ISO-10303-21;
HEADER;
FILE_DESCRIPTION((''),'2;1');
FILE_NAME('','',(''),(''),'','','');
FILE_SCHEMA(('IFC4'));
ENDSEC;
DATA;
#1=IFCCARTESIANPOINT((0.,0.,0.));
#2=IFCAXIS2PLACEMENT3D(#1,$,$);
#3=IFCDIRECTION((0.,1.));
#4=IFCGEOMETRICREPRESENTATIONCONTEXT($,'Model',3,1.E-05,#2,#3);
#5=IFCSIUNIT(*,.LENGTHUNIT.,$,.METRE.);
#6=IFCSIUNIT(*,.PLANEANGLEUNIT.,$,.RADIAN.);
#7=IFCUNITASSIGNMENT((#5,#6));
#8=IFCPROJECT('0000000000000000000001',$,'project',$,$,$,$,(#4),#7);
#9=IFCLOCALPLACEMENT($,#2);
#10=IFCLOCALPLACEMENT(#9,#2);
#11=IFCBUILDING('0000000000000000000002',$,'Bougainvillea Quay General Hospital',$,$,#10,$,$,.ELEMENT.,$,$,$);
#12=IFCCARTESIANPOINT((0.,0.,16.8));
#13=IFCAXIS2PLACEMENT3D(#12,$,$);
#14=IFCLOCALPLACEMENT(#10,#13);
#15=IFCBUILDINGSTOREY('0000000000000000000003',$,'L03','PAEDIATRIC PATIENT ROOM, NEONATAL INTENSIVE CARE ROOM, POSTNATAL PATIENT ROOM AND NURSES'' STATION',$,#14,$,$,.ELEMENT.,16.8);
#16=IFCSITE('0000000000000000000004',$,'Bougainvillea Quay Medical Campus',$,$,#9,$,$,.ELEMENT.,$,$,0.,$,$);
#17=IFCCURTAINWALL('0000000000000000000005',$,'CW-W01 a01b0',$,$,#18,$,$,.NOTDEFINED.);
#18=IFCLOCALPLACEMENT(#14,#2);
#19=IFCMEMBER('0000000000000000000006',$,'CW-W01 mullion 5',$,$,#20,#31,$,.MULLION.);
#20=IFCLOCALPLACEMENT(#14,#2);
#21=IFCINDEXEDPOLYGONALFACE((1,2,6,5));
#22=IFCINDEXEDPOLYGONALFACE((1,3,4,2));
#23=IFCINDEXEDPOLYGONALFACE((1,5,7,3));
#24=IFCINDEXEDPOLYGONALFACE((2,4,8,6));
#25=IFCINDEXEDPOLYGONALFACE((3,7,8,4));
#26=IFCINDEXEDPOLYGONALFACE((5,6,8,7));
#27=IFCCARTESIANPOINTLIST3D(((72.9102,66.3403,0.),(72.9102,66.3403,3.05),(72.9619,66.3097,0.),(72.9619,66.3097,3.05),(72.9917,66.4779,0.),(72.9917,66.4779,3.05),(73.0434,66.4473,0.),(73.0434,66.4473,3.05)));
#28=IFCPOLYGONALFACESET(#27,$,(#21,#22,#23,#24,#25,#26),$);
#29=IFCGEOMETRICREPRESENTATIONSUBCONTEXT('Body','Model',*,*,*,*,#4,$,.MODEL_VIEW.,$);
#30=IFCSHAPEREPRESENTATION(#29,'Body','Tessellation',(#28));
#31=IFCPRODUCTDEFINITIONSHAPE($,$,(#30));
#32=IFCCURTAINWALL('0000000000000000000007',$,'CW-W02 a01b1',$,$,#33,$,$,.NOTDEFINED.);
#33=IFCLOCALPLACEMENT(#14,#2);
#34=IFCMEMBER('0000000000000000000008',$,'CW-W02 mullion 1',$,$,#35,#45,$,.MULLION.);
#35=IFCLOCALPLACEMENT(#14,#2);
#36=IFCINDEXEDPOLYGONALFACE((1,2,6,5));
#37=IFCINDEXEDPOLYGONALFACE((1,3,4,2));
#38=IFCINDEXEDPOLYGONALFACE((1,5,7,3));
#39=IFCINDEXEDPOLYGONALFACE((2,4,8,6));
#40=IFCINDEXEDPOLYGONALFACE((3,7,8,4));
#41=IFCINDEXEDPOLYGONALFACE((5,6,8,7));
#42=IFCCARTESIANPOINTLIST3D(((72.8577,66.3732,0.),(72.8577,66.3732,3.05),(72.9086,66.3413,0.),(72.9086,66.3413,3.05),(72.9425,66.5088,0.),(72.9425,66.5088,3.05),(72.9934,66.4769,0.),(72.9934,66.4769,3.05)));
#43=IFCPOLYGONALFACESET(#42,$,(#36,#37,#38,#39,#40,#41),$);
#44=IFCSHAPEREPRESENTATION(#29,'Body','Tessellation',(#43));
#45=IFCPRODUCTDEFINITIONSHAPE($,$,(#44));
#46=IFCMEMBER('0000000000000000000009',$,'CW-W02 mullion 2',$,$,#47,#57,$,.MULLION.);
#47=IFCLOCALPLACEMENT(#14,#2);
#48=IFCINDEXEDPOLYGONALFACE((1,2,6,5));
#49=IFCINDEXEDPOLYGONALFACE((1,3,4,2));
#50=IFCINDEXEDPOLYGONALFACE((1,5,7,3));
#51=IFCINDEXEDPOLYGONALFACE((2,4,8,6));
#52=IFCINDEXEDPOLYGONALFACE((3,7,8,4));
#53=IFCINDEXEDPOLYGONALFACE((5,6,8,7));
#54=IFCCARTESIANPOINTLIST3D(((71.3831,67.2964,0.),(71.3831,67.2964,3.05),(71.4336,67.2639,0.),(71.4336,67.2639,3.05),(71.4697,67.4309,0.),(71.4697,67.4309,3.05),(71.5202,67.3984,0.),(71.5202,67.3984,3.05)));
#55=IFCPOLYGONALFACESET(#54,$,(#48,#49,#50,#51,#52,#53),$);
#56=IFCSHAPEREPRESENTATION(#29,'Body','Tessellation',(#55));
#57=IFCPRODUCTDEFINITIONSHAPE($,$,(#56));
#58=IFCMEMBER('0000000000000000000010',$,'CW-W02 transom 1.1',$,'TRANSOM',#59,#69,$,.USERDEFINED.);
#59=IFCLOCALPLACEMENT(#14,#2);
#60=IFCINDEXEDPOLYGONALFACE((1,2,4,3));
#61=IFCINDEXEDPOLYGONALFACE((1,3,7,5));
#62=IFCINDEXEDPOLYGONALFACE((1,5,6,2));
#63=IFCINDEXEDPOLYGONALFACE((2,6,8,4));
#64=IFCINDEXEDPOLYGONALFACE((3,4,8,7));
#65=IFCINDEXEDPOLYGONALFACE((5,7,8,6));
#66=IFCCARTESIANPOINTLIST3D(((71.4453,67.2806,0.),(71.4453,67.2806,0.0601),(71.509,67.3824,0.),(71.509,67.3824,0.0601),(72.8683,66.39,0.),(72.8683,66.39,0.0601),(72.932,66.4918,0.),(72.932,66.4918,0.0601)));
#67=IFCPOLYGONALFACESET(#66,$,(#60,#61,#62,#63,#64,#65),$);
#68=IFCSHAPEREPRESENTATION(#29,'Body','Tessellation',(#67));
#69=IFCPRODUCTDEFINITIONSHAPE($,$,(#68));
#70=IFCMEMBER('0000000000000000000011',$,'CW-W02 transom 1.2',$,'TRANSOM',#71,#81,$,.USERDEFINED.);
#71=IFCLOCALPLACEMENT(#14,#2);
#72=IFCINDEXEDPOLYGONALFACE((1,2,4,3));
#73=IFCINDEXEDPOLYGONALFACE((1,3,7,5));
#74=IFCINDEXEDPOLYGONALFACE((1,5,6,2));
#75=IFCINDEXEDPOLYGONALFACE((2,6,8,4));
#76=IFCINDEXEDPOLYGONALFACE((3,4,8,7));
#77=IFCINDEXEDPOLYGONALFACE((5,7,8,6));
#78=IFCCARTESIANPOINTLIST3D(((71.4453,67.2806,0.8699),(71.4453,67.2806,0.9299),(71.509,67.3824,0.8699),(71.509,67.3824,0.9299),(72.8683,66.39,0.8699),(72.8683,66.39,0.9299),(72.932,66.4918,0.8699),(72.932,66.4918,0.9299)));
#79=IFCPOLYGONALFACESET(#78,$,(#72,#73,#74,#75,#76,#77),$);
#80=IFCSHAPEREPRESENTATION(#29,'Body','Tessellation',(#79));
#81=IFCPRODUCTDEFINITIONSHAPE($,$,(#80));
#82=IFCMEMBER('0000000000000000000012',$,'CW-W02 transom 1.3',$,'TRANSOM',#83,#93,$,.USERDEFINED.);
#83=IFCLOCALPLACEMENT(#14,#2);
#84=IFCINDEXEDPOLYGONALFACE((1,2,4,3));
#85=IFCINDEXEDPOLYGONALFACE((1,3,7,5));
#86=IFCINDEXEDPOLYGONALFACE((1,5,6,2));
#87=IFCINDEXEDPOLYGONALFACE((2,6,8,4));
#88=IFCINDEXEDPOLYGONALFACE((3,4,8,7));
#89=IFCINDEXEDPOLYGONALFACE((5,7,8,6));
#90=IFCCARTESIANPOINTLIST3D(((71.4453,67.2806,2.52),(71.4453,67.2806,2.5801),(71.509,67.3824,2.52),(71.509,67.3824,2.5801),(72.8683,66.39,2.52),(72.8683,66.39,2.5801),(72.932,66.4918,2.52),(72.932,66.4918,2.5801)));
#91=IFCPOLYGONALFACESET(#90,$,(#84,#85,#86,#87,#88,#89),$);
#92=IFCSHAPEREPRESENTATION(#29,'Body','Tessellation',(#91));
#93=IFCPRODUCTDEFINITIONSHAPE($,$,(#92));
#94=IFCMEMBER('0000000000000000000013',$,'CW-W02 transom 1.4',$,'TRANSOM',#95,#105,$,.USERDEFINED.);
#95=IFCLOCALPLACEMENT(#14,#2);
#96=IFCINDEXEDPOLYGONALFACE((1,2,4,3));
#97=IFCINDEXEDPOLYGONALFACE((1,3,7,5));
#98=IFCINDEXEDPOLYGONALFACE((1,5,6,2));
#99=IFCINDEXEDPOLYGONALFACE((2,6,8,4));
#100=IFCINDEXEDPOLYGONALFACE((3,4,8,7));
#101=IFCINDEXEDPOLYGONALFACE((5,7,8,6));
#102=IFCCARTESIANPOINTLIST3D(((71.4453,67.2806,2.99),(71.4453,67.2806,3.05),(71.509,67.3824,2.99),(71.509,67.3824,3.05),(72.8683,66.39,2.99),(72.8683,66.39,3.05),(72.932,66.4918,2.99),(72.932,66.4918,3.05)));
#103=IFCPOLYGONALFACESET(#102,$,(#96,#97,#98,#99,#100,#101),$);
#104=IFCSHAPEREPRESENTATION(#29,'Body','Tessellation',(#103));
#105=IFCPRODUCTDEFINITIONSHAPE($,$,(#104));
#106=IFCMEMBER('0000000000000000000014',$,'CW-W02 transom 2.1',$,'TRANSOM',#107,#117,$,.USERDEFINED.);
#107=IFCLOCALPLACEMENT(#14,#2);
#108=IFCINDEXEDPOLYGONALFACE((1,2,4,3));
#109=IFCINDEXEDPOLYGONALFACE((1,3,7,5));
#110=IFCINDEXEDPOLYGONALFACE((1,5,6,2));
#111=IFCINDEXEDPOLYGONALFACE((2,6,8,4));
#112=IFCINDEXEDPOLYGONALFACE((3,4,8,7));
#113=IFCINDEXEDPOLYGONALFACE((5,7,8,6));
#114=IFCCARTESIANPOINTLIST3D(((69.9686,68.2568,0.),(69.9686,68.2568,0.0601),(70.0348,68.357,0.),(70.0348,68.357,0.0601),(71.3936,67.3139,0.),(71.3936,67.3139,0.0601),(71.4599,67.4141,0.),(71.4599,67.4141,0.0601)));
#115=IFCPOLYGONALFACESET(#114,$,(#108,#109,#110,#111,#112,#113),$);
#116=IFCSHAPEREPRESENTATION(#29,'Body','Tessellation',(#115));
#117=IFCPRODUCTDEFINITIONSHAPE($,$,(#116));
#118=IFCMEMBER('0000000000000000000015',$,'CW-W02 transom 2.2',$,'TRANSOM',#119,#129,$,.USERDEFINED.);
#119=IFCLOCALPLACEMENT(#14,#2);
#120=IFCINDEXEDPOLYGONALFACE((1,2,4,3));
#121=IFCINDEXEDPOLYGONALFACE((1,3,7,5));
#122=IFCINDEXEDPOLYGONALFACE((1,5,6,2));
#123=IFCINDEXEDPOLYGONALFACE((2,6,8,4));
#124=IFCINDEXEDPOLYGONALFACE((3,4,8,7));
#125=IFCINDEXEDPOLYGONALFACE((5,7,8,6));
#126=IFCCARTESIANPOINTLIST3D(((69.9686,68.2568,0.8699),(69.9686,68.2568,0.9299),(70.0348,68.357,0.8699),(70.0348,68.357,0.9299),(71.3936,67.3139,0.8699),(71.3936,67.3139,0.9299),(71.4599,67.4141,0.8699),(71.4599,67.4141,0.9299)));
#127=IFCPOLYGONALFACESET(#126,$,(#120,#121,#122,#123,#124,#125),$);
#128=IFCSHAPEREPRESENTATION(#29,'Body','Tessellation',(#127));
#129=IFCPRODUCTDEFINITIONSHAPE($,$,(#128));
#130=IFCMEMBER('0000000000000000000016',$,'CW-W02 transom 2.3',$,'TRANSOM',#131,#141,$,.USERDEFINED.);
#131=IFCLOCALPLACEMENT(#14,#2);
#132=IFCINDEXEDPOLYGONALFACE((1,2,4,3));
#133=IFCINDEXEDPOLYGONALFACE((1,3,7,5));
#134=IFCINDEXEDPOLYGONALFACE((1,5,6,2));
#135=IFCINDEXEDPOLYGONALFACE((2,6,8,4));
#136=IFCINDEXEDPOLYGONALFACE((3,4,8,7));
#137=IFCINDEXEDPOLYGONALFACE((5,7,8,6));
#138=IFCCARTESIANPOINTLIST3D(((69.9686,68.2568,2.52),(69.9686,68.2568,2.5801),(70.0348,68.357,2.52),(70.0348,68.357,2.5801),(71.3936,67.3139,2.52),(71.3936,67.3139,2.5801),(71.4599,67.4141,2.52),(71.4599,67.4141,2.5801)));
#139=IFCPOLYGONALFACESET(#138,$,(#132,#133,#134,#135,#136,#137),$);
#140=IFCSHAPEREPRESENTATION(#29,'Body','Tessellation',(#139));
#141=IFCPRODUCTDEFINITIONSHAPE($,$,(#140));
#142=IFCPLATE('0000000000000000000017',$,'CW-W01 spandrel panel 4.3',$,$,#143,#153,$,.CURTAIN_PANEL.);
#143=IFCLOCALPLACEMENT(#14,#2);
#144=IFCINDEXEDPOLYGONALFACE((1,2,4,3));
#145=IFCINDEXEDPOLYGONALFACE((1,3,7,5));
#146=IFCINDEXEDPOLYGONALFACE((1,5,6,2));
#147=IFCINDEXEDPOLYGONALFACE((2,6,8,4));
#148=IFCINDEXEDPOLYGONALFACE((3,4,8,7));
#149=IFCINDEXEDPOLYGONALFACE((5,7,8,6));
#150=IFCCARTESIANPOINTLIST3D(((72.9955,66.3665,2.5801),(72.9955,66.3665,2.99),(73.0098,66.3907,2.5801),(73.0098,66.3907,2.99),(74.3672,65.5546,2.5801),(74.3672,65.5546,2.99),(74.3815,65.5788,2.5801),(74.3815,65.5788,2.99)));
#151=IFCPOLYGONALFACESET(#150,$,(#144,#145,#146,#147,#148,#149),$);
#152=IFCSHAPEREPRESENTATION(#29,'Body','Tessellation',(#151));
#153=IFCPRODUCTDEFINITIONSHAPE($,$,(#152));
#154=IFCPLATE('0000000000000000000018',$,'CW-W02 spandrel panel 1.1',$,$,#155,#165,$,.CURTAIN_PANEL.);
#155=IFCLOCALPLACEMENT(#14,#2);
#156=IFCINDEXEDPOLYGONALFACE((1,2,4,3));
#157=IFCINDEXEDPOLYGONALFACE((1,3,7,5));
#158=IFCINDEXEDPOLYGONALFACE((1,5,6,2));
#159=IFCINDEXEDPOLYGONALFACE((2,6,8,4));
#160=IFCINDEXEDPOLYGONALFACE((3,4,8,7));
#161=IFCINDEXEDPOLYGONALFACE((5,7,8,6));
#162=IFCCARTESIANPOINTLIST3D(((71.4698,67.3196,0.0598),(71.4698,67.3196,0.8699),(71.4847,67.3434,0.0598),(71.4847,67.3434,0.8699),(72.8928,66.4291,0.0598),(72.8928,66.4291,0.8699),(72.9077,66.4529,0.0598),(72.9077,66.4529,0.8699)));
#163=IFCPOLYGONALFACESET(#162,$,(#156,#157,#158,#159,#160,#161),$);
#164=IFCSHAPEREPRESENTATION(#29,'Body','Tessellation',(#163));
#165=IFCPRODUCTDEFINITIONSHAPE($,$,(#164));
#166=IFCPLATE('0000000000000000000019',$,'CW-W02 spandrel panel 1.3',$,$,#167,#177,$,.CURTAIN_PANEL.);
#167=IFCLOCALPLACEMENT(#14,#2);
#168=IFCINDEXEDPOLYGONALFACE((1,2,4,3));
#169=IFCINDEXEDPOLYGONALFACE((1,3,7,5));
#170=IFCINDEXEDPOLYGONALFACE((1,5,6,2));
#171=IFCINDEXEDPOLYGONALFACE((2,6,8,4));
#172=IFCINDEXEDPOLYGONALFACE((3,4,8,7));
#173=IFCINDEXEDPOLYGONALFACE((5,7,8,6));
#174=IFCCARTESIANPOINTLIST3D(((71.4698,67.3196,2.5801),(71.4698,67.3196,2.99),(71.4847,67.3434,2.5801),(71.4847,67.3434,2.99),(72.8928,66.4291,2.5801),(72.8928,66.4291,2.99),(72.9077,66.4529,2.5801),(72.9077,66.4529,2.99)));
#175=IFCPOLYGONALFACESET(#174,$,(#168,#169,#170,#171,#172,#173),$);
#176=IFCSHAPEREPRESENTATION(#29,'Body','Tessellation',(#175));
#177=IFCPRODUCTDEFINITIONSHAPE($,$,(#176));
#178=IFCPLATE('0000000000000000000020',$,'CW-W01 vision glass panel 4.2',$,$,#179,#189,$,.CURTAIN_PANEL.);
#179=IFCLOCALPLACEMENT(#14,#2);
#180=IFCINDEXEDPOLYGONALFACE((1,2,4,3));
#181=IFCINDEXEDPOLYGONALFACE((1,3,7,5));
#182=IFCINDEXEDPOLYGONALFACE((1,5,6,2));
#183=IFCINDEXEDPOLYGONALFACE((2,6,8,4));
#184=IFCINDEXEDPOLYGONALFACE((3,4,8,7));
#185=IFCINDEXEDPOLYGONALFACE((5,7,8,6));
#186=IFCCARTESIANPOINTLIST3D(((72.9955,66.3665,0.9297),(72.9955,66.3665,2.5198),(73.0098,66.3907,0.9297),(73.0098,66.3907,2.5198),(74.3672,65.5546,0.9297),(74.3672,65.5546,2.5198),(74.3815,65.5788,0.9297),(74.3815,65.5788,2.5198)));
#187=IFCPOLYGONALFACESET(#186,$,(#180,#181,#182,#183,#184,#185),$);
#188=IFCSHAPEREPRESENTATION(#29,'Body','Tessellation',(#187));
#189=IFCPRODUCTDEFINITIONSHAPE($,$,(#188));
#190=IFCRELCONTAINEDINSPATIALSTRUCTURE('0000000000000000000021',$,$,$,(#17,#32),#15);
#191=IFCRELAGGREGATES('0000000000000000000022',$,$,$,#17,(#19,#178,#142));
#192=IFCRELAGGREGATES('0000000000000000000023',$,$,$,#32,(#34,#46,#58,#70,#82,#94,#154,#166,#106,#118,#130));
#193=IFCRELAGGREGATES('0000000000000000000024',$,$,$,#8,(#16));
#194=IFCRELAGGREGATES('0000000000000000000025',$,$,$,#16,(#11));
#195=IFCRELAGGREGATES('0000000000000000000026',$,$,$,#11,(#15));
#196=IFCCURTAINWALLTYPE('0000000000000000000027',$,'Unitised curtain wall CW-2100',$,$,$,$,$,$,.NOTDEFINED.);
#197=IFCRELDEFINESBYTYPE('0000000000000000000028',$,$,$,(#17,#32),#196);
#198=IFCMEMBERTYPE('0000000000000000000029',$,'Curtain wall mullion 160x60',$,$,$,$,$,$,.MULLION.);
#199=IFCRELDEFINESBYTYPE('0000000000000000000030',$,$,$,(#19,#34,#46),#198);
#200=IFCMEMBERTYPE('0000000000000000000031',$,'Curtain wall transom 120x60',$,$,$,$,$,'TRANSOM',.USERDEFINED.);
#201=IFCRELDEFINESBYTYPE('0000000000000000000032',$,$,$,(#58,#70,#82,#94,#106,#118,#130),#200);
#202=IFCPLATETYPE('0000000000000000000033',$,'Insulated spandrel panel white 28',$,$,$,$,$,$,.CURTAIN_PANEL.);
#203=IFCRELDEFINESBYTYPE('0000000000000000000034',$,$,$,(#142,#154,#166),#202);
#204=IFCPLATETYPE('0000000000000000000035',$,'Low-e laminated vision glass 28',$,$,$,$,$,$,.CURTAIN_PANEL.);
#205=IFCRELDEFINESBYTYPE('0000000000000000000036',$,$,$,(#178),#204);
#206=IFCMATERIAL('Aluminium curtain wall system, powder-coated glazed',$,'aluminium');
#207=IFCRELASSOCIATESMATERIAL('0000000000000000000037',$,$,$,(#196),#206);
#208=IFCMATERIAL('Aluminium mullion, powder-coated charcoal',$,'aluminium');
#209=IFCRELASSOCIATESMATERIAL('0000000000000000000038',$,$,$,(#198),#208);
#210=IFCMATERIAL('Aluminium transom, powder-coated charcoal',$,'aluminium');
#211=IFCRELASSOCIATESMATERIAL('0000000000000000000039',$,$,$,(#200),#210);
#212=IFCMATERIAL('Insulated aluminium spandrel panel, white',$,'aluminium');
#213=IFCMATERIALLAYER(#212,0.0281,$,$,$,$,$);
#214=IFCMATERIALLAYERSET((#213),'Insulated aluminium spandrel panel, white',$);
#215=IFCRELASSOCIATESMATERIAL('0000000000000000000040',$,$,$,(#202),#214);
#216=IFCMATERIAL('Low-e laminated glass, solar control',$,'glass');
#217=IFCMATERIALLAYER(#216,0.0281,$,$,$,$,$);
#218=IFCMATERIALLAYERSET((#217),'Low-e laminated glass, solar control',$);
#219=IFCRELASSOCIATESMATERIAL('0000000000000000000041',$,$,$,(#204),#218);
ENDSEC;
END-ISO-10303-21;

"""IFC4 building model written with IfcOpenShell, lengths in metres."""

from ifc_helpers import new_model, si_unit, direction, frame, origin, origin_2d, place, context, subcontext, project, spatial, rectangle, extrude, material, layer, layer_set, material_profile, profile_set, type_object, element, aggregate, save


model = new_model("IFC4")

# Units and contexts
model_context = context("Model", 3, precision=1e-05, world=origin(), true_north=direction((0.0, 1.0)))
body_context = subcontext(model_context, "Body", "Model", "MODEL_VIEW")
ifc_project = project(units=[si_unit("LENGTHUNIT", "METRE"), si_unit("PLANEANGLEUNIT", "RADIAN")], contexts=[model_context])

# Site, building, storey
site_placement = place(None, origin())
site = spatial("IfcSite", under=ifc_project, at=site_placement, Name="Bougainvillea Quay Medical Campus", CompositionType="ELEMENT", RefElevation=0.0)
building_placement = place(site_placement, origin())
building = spatial("IfcBuilding", under=site, at=building_placement, Name="Bougainvillea Quay General Hospital", CompositionType="ELEMENT")
storey_placement = place(building_placement, frame((0.0, 0.0, 16.8)))
storey = spatial("IfcBuildingStorey", under=building, at=storey_placement, Name="L03", Description="PAEDIATRIC PATIENT ROOM, NEONATAL INTENSIVE CARE ROOM, POSTNATAL PATIENT ROOM AND NURSES' STATION", CompositionType="ELEMENT", Elevation=16.8)

# Curtain wall, member
ifc_material_1 = material(Name="Aluminium curtain wall system, powder-coated glazed", Category="aluminium")
curtain_wall_type = type_object("IfcCurtainWallType", Name="Unitised curtain wall CW-2100", PredefinedType="NOTDEFINED", material=ifc_material_1)
curtain_wall_1_placement = place(storey_placement, origin())
curtain_wall_1 = element("IfcCurtainWall", 1, at=curtain_wall_1_placement, inside=storey, type_object=curtain_wall_type, Name="CW-W01 a01b0", PredefinedType="NOTDEFINED")
ifc_material_2 = material(Name="Aluminium mullion, powder-coated charcoal", Category="aluminium")
ifc_material_profile_1 = material_profile(ifc_material_2, rectangle(XDim=0.1599, YDim=0.0601, at=origin_2d()))
ifc_profile_set_1 = profile_set([ifc_material_profile_1], Name="Aluminium mullion, powder-coated charcoal")
member_type_1 = type_object("IfcMemberType", Name="Curtain wall mullion 160x60", PredefinedType="MULLION", material=ifc_profile_set_1)
member_1_placement = place(storey_placement, frame((72.9768, 66.3938, 0.0), z_axis=(0.0, 0.0, 1.0), x_axis=(-0.509346, -0.860562, 0.0)))
member_1 = element("IfcMember", 2, at=member_1_placement, type_object=member_type_1, Name="CW-W01 mullion 5", PredefinedType="MULLION", context=body_context, shape_type="SweptSolid", body=[
    extrude(rectangle(XDim=0.1599, YDim=0.0601, at=origin_2d()), origin(), (0.0, 0.0, 1.0), 3.05),
])

# Curtain wall, members
curtain_wall_2_placement = place(storey_placement, origin())
curtain_wall_2 = element("IfcCurtainWall", 3, at=curtain_wall_2_placement, inside=storey, type_object=curtain_wall_type, Name="CW-W02 a01b1", PredefinedType="NOTDEFINED")
member_2_placement = place(storey_placement, frame((72.9255, 66.425, 0.0), z_axis=(0.0, 0.0, 1.0), x_axis=(-0.530489, -0.847692, 0.0)))
member_2 = element("IfcMember", 4, at=member_2_placement, type_object=member_type_1, Name="CW-W02 mullion 1", PredefinedType="MULLION", context=body_context, shape_type="SweptSolid", body=[
    extrude(rectangle(XDim=0.1599, YDim=0.0601, at=origin_2d()), origin(), (0.0, 0.0, 1.0), 3.05),
])
member_3_placement = place(storey_placement, frame((71.4517, 67.3474, 0.0), z_axis=(0.0, 0.0, 1.0), x_axis=(-0.541195, -0.840897, 0.0)))
member_3 = element("IfcMember", 5, at=member_3_placement, type_object=member_type_1, Name="CW-W02 mullion 2", PredefinedType="MULLION", context=body_context, shape_type="SweptSolid", body=[
    extrude(rectangle(XDim=0.1599, YDim=0.0601, at=origin_2d()), origin(), (0.0, 0.0, 1.0), 3.05),
])
ifc_material_3 = material(Name="Aluminium transom, powder-coated charcoal", Category="aluminium")
ifc_material_profile_2 = material_profile(ifc_material_3, rectangle(XDim=0.1201, YDim=0.0601, at=origin_2d()))
ifc_profile_set_2 = profile_set([ifc_material_profile_2], Name="Aluminium transom, powder-coated charcoal")
member_type_2 = type_object("IfcMemberType", Name="Curtain wall transom 120x60", ElementType="TRANSOM", PredefinedType="USERDEFINED", material=ifc_profile_set_2)
member_4_placement = place(storey_placement, frame((72.9001, 66.4409, 0.03), z_axis=(-0.84768, 0.530509, 0.0), x_axis=(-0.530509, -0.84768, 0.0)))
member_4 = element("IfcMember", 6, at=member_4_placement, type_object=member_type_2, Name="CW-W02 transom 1.1", ObjectType="TRANSOM", PredefinedType="USERDEFINED", context=body_context, shape_type="SweptSolid", body=[
    extrude(rectangle(XDim=0.1201, YDim=0.0601, at=origin_2d()), origin(), (0.0, 0.0, 1.0), 1.6787),
])
member_5_placement = place(storey_placement, frame((72.9001, 66.4409, 0.8999), z_axis=(-0.84768, 0.530509, 0.0), x_axis=(-0.530509, -0.84768, 0.0)))
member_5 = element("IfcMember", 7, at=member_5_placement, type_object=member_type_2, Name="CW-W02 transom 1.2", ObjectType="TRANSOM", PredefinedType="USERDEFINED", context=body_context, shape_type="SweptSolid", body=[
    extrude(rectangle(XDim=0.1201, YDim=0.0601, at=origin_2d()), origin(), (0.0, 0.0, 1.0), 1.6787),
])
member_6_placement = place(storey_placement, frame((72.9001, 66.4409, 2.55), z_axis=(-0.84768, 0.530509, 0.0), x_axis=(-0.530509, -0.84768, 0.0)))
member_6 = element("IfcMember", 8, at=member_6_placement, type_object=member_type_2, Name="CW-W02 transom 1.3", ObjectType="TRANSOM", PredefinedType="USERDEFINED", context=body_context, shape_type="SweptSolid", body=[
    extrude(rectangle(XDim=0.1201, YDim=0.0601, at=origin_2d()), origin(), (0.0, 0.0, 1.0), 1.6787),
])
member_7_placement = place(storey_placement, frame((72.9001, 66.4409, 3.02), z_axis=(-0.84768, 0.530509, 0.0), x_axis=(-0.530509, -0.84768, 0.0)))
member_7 = element("IfcMember", 9, at=member_7_placement, type_object=member_type_2, Name="CW-W02 transom 1.4", ObjectType="TRANSOM", PredefinedType="USERDEFINED", context=body_context, shape_type="SweptSolid", body=[
    extrude(rectangle(XDim=0.1201, YDim=0.0601, at=origin_2d()), origin(), (0.0, 0.0, 1.0), 1.6787),
])
member_8_placement = place(storey_placement, frame((71.4268, 67.364, 0.03), z_axis=(-0.83398, 0.551795, 0.0), x_axis=(-0.551795, -0.83398, 0.0)))
member_8 = element("IfcMember", 10, at=member_8_placement, type_object=member_type_2, Name="CW-W02 transom 2.1", ObjectType="TRANSOM", PredefinedType="USERDEFINED", context=body_context, shape_type="SweptSolid", body=[
    extrude(rectangle(XDim=0.1201, YDim=0.0601, at=origin_2d()), origin(), (0.0, 0.0, 1.0), 1.7087),
])
member_9_placement = place(storey_placement, frame((71.4268, 67.364, 0.8999), z_axis=(-0.83398, 0.551795, 0.0), x_axis=(-0.551795, -0.83398, 0.0)))
member_9 = element("IfcMember", 11, at=member_9_placement, type_object=member_type_2, Name="CW-W02 transom 2.2", ObjectType="TRANSOM", PredefinedType="USERDEFINED", context=body_context, shape_type="SweptSolid", body=[
    extrude(rectangle(XDim=0.1201, YDim=0.0601, at=origin_2d()), origin(), (0.0, 0.0, 1.0), 1.7087),
])
member_10_placement = place(storey_placement, frame((71.4268, 67.364, 2.55), z_axis=(-0.83398, 0.551795, 0.0), x_axis=(-0.551795, -0.83398, 0.0)))
member_10 = element("IfcMember", 12, at=member_10_placement, type_object=member_type_2, Name="CW-W02 transom 2.3", ObjectType="TRANSOM", PredefinedType="USERDEFINED", context=body_context, shape_type="SweptSolid", body=[
    extrude(rectangle(XDim=0.1201, YDim=0.0601, at=origin_2d()), origin(), (0.0, 0.0, 1.0), 1.7087),
])

# Plates
ifc_material_4 = material(Name="Insulated aluminium spandrel panel, white", Category="aluminium")
ifc_layer_1 = layer(ifc_material_4, 0.0281)
ifc_layer_set_1 = layer_set([ifc_layer_1], Name="Insulated aluminium spandrel panel, white")
plate_type_1 = type_object("IfcPlateType", Name="Insulated spandrel panel white 28", PredefinedType="CURTAIN_PANEL", material=ifc_layer_set_1)
plate_1_placement = place(storey_placement, frame((73.6885, 65.9727, 2.5801), z_axis=(0.0, 0.0, 1.0), x_axis=(-0.860562, 0.509346, 0.0)))
plate_1 = element("IfcPlate", 13, at=plate_1_placement, type_object=plate_type_1, Name="CW-W01 spandrel panel 4.3", PredefinedType="CURTAIN_PANEL", context=body_context, shape_type="SweptSolid", body=[
    extrude(rectangle(XDim=1.594, YDim=0.0281, at=origin_2d()), origin(), (0.0, 0.0, 1.0), 0.4099),
])
plate_2_placement = place(storey_placement, frame((72.1887, 66.8862, 0.0598), z_axis=(0.0, 0.0, 1.0), x_axis=(-0.847692, 0.530489, 0.0)))
plate_2 = element("IfcPlate", 14, at=plate_2_placement, type_object=plate_type_1, Name="CW-W02 spandrel panel 1.1", PredefinedType="CURTAIN_PANEL", context=body_context, shape_type="SweptSolid", body=[
    extrude(rectangle(XDim=1.6787, YDim=0.0281, at=origin_2d()), origin(), (0.0, 0.0, 1.0), 0.8101),
])
plate_3_placement = place(storey_placement, frame((72.1887, 66.8862, 2.5801), z_axis=(0.0, 0.0, 1.0), x_axis=(-0.847692, 0.530489, 0.0)))
plate_3 = element("IfcPlate", 15, at=plate_3_placement, type_object=plate_type_1, Name="CW-W02 spandrel panel 1.3", PredefinedType="CURTAIN_PANEL", context=body_context, shape_type="SweptSolid", body=[
    extrude(rectangle(XDim=1.6787, YDim=0.0281, at=origin_2d()), origin(), (0.0, 0.0, 1.0), 0.4099),
])
ifc_material_5 = material(Name="Low-e laminated glass, solar control", Category="glass")
ifc_layer_2 = layer(ifc_material_5, 0.0281)
ifc_layer_set_2 = layer_set([ifc_layer_2], Name="Low-e laminated glass, solar control")
plate_type_2 = type_object("IfcPlateType", Name="Low-e laminated vision glass 28", PredefinedType="CURTAIN_PANEL", material=ifc_layer_set_2)
plate_4_placement = place(storey_placement, frame((73.6885, 65.9727, 0.9297), z_axis=(0.0, 0.0, 1.0), x_axis=(-0.860562, 0.509346, 0.0)))
plate_4 = element("IfcPlate", 16, at=plate_4_placement, type_object=plate_type_2, Name="CW-W01 vision glass panel 4.2", PredefinedType="CURTAIN_PANEL", context=body_context, shape_type="SweptSolid", body=[
    extrude(rectangle(XDim=1.594, YDim=0.0281, at=origin_2d()), origin(), (0.0, 0.0, 1.0), 1.5901),
])
aggregate(curtain_wall_1, [member_1, plate_4, plate_1])
aggregate(curtain_wall_2, [member_2, member_3, member_4, member_5, member_6, member_7, plate_2, plate_3, member_8, member_9, member_10])

save(model, "model.ifc")
